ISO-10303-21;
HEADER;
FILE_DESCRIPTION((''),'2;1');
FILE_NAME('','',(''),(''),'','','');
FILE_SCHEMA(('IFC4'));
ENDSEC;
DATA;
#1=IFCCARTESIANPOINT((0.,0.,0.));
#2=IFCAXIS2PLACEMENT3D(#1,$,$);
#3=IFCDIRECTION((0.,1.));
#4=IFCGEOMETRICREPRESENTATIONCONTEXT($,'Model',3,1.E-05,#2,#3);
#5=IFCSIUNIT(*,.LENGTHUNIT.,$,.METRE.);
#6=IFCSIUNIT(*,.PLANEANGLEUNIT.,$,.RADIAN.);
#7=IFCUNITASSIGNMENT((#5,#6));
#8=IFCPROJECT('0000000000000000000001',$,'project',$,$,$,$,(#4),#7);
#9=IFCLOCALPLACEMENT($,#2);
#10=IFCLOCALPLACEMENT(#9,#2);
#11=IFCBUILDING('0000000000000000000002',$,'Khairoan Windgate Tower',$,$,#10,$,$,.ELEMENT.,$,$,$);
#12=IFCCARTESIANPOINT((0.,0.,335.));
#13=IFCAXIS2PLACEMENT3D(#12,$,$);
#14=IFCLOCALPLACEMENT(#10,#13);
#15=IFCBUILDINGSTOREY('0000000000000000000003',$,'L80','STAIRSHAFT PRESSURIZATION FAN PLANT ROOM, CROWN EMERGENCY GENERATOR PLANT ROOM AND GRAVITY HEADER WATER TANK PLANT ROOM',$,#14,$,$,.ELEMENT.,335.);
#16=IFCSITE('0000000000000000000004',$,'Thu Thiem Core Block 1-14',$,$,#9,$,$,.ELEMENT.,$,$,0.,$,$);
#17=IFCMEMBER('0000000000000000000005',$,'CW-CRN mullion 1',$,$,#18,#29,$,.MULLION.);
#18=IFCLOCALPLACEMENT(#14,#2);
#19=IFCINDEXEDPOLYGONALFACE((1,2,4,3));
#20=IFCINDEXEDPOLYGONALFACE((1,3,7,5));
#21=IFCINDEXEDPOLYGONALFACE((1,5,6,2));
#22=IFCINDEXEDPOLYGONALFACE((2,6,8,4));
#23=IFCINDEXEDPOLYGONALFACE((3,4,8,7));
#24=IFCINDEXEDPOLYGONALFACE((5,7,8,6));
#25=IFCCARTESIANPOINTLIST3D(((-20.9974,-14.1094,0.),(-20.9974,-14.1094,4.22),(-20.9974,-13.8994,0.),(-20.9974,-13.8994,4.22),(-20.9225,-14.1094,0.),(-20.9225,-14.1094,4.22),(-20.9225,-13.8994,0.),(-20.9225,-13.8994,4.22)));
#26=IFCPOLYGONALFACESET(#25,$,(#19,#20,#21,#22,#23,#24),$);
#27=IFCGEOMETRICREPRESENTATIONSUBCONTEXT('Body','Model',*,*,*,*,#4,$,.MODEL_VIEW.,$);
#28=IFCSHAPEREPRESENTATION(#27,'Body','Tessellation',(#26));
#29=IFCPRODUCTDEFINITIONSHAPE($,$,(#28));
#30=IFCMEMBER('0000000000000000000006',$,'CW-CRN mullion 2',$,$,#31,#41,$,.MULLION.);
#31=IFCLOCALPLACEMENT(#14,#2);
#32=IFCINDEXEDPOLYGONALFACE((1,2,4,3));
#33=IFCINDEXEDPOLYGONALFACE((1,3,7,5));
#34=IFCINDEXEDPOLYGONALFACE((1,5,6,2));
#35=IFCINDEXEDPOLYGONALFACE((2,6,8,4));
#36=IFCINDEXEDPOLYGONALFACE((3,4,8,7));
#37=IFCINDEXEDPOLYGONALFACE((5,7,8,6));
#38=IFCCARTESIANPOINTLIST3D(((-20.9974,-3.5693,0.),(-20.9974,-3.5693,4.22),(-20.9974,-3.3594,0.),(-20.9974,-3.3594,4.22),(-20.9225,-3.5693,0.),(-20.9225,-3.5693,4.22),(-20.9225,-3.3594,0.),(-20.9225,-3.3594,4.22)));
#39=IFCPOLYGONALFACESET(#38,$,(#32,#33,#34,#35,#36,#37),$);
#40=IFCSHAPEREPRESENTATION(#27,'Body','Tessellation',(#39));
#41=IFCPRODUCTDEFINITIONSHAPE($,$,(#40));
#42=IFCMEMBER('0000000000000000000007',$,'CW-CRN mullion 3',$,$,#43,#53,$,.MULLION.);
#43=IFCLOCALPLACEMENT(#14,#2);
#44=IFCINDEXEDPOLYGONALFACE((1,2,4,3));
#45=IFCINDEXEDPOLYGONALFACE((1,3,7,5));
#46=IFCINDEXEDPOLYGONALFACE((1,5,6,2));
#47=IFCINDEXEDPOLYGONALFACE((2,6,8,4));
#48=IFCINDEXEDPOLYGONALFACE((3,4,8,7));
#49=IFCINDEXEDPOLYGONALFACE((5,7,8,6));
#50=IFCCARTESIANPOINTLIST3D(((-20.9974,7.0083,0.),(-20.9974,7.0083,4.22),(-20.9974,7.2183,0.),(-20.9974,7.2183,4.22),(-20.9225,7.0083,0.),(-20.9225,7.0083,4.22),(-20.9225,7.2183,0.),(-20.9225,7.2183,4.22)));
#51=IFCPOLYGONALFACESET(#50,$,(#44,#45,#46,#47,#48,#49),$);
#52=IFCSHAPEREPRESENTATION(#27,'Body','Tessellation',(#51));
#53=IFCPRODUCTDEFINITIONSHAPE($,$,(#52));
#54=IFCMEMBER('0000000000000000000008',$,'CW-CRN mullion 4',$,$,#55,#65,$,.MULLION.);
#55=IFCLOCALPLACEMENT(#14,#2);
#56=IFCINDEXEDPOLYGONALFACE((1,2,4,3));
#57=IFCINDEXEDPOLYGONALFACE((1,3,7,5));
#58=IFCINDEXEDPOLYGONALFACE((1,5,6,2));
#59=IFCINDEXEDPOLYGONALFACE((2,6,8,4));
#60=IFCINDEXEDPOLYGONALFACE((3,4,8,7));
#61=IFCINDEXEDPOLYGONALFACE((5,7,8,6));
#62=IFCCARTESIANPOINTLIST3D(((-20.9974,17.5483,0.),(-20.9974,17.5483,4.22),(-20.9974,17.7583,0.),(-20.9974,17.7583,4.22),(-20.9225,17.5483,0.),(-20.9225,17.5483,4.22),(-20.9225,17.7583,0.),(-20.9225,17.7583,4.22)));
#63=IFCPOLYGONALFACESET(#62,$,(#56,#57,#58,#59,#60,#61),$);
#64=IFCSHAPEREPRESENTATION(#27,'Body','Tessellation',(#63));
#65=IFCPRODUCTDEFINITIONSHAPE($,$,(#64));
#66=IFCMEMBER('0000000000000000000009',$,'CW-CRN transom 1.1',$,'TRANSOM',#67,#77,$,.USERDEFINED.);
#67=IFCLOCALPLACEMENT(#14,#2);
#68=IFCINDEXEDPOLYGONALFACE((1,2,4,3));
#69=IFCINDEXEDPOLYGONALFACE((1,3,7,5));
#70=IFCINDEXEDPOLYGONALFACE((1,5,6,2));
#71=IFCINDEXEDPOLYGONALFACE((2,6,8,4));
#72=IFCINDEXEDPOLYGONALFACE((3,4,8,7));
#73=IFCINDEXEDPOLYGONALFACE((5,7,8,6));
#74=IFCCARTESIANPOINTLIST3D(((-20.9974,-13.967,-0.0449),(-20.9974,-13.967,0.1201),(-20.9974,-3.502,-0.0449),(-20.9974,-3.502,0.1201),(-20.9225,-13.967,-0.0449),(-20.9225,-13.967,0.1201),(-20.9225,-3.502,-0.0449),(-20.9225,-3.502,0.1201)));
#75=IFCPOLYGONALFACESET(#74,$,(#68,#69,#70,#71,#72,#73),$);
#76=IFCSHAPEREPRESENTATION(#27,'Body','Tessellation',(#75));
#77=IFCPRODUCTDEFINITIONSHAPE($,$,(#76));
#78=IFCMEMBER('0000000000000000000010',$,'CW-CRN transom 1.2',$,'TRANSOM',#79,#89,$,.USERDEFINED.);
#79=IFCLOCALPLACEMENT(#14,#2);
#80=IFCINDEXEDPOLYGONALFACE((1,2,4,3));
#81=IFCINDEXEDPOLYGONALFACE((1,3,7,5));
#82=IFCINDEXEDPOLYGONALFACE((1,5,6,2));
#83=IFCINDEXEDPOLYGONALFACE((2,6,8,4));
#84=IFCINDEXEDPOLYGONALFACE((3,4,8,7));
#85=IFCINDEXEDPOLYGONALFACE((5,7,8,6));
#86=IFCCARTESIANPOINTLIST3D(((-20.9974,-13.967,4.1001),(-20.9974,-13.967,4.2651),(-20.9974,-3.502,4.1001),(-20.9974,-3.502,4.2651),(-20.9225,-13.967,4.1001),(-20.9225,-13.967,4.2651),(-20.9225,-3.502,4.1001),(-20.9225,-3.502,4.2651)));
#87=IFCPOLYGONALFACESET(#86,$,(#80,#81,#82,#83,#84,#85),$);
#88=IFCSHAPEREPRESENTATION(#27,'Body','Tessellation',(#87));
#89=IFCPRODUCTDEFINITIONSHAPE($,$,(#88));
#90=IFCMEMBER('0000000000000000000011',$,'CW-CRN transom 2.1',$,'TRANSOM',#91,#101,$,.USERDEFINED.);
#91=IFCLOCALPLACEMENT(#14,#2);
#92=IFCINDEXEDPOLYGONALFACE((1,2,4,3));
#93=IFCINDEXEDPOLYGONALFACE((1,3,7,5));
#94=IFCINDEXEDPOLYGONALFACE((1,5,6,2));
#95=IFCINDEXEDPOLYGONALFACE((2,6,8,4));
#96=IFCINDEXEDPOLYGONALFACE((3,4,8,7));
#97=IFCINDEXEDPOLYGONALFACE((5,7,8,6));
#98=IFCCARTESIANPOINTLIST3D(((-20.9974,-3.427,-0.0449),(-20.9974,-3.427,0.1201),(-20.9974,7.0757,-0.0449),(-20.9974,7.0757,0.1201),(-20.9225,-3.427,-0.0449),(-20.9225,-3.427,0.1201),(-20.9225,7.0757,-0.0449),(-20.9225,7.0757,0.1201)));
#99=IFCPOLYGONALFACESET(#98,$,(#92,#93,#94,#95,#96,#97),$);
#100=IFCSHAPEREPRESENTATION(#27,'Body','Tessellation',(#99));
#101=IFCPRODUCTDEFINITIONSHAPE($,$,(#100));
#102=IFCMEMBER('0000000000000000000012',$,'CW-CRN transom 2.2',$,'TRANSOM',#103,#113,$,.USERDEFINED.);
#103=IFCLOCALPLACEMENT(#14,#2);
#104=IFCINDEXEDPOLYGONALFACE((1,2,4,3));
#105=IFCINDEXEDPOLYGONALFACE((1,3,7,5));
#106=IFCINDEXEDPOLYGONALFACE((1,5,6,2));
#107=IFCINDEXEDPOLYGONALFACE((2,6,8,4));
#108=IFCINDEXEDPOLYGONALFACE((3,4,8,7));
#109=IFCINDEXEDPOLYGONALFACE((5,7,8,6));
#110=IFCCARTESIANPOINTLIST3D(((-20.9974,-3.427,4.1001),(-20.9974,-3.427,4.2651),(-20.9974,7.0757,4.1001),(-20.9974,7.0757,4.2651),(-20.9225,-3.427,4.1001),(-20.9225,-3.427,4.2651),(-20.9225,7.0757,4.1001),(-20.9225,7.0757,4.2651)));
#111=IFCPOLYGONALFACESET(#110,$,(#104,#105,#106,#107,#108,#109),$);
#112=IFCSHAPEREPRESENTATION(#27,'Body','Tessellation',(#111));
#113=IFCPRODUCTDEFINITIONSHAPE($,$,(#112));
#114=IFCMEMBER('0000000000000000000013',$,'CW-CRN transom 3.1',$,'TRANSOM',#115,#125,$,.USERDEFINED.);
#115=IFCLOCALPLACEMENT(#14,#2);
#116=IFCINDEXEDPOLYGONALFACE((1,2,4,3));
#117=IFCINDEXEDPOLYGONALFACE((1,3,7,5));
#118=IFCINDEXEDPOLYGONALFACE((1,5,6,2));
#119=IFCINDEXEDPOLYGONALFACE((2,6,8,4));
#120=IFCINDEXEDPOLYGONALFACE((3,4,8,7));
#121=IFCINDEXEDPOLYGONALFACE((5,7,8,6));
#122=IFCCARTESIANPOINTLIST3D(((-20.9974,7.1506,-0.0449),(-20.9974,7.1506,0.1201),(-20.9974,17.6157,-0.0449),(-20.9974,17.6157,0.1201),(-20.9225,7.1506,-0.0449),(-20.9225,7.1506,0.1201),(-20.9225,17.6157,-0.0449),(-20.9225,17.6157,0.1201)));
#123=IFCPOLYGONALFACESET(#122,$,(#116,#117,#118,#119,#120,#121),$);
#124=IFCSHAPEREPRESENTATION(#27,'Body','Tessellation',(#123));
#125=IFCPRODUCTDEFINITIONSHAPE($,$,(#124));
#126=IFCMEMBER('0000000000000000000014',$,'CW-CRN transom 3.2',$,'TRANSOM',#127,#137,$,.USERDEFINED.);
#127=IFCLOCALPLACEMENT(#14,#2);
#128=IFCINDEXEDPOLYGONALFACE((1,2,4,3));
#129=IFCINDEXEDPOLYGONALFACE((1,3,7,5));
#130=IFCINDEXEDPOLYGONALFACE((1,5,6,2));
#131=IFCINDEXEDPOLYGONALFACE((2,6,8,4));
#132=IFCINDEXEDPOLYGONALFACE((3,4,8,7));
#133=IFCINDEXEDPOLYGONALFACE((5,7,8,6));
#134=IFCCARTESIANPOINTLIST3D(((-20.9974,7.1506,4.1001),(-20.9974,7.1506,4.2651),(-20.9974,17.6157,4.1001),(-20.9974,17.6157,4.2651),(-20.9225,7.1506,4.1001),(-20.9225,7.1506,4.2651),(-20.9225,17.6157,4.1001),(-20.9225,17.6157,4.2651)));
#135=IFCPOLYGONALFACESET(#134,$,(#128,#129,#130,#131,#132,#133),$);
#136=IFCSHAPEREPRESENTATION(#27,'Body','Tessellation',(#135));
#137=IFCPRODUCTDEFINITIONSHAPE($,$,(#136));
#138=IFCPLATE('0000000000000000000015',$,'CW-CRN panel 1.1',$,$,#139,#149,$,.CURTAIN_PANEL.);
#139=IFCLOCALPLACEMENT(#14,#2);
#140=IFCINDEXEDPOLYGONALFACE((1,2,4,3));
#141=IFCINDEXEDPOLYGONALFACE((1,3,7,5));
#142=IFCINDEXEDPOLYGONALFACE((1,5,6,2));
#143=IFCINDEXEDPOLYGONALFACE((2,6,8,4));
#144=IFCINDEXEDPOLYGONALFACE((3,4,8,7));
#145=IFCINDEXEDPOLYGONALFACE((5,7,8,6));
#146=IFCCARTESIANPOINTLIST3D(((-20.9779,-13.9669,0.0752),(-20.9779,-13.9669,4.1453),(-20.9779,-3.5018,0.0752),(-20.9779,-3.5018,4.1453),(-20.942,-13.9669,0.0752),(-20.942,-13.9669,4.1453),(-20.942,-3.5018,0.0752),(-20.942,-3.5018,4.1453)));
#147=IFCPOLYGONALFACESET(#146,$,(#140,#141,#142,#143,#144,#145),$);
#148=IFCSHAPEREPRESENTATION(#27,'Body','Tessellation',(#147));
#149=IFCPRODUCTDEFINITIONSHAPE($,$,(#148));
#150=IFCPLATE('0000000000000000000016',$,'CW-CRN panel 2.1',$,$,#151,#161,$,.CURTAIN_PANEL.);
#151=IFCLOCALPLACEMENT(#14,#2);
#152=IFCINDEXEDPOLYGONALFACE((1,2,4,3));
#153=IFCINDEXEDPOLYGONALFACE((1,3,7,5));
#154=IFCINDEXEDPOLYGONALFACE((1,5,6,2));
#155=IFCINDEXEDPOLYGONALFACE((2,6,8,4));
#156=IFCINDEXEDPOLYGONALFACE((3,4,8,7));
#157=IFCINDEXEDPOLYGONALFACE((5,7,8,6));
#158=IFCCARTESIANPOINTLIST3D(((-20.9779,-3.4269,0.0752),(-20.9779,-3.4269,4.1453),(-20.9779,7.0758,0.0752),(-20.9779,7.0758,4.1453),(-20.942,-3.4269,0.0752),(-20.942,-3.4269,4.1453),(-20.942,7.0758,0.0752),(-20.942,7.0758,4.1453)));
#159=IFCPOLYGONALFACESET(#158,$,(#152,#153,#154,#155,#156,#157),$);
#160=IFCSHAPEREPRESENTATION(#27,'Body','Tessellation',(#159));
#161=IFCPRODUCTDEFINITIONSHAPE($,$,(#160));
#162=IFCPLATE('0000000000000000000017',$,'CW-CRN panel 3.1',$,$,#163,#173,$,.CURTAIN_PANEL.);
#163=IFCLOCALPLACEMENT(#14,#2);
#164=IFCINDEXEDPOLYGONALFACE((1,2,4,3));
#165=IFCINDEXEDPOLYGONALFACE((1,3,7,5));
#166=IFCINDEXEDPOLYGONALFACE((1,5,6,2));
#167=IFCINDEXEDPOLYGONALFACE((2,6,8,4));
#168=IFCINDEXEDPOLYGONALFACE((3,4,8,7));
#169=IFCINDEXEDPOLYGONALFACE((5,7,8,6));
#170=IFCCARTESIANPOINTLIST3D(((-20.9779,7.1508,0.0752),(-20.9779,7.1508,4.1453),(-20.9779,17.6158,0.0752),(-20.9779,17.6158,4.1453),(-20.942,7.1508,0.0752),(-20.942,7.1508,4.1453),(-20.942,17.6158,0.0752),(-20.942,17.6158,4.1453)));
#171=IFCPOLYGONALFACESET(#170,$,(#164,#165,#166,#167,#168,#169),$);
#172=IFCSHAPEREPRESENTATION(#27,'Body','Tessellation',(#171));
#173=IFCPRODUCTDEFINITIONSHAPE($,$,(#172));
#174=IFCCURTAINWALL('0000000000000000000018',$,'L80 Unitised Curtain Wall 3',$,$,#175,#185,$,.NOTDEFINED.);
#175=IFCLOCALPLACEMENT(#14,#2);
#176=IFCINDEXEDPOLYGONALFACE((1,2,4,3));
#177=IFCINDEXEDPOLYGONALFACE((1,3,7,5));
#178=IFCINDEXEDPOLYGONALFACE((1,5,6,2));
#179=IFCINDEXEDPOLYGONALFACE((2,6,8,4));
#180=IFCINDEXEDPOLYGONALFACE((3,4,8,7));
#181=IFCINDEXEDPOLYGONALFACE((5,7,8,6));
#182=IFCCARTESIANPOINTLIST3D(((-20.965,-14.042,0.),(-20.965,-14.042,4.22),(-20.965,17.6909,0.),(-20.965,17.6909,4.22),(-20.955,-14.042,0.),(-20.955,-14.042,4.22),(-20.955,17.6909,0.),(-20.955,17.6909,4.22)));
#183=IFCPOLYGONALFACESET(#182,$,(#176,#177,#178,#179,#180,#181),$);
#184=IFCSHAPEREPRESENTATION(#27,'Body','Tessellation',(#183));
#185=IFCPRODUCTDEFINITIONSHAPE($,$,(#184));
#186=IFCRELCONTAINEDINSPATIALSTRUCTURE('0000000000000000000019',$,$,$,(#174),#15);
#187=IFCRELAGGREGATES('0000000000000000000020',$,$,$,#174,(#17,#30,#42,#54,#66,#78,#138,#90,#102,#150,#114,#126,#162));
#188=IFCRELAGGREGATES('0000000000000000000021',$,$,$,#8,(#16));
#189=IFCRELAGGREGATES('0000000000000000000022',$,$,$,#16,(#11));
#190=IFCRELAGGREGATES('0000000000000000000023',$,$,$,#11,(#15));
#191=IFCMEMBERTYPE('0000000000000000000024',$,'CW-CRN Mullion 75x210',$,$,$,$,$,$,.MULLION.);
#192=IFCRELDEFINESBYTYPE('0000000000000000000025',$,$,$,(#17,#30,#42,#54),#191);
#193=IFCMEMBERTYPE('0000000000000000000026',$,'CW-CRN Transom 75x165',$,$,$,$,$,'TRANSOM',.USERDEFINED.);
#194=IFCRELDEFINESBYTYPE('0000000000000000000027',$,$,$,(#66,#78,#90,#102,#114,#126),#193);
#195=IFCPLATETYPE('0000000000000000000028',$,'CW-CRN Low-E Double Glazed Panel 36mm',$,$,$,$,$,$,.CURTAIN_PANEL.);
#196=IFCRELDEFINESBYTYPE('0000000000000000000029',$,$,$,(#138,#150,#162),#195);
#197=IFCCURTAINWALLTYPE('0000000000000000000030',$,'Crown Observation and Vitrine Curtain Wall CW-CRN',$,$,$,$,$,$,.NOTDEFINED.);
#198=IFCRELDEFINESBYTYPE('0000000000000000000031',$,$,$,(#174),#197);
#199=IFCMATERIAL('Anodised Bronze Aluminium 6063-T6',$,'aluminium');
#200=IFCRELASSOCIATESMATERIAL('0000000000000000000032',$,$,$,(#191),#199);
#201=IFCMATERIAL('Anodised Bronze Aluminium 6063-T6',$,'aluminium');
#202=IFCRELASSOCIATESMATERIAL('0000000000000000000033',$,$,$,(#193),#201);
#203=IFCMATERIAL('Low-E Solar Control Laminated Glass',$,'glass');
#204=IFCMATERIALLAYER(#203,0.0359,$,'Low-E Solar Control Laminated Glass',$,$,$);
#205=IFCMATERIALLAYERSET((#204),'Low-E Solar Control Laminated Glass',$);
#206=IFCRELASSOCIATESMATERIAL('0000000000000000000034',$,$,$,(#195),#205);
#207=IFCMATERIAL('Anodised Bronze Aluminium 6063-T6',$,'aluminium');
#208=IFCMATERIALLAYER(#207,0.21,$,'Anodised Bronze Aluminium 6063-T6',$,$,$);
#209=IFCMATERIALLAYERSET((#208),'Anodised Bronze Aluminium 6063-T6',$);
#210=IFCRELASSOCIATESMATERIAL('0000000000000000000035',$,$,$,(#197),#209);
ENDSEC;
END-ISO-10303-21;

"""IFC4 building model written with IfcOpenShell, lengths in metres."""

from ifc_helpers import new_model, si_unit, direction, frame, frame_2d, origin, origin_2d, place, context, subcontext, project, spatial, rectangle, extrude, material, layer, layer_set, material_profile, profile_set, type_object, element, aggregate, save


model = new_model("IFC4")

# Units and contexts
model_context = context("Model", 3, precision=1e-05, world=origin(), true_north=direction((0.0, 1.0)))
body_context = subcontext(model_context, "Body", "Model", "MODEL_VIEW")
ifc_project = project(units=[si_unit("LENGTHUNIT", "METRE"), si_unit("PLANEANGLEUNIT", "RADIAN")], contexts=[model_context])

# Site, building, storey
site_placement = place(None, origin())
site = spatial("IfcSite", under=ifc_project, at=site_placement, Name="Thu Thiem Core Block 1-14", CompositionType="ELEMENT", RefElevation=0.0)
building_placement = place(site_placement, origin())
building = spatial("IfcBuilding", under=site, at=building_placement, Name="Khairoan Windgate Tower", CompositionType="ELEMENT")
storey_placement = place(building_placement, frame((0.0, 0.0, 335.0)))
storey = spatial("IfcBuildingStorey", under=building, at=storey_placement, Name="L80", Description="STAIRSHAFT PRESSURIZATION FAN PLANT ROOM, CROWN EMERGENCY GENERATOR PLANT ROOM AND GRAVITY HEADER WATER TANK PLANT ROOM", CompositionType="ELEMENT", Elevation=335.0)

# Members
ifc_material_1 = material(Name="Anodised Bronze Aluminium 6063-T6", Category="aluminium")
ifc_material_profile_1 = material_profile(ifc_material_1, rectangle(XDim=0.075, YDim=0.21, at=origin_2d()))
ifc_profile_set_1 = profile_set([ifc_material_profile_1], Name="Anodised Bronze Aluminium 6063-T6")
member_type_1 = type_object("IfcMemberType", Name="CW-CRN Mullion 75x210", PredefinedType="MULLION", material=ifc_profile_set_1)
member_1_placement = place(storey_placement, frame((-20.96, -14.0044, 0.0), z_axis=(0.0, 0.0, 1.0), x_axis=(-1.0, 0.0, 0.0)))
member_1 = element("IfcMember", 1, at=member_1_placement, type_object=member_type_1, Name="CW-CRN mullion 1", PredefinedType="MULLION", context=body_context, shape_type="SweptSolid", body=[
    extrude(rectangle(XDim=0.075, YDim=0.21, at=origin_2d()), origin(), (0.0, 0.0, 1.0), 4.22),
])
member_2_placement = place(storey_placement, frame((-20.96, -3.4644, 0.0), z_axis=(0.0, 0.0, 1.0), x_axis=(-1.0, 0.0, 0.0)))
member_2 = element("IfcMember", 2, at=member_2_placement, type_object=member_type_1, Name="CW-CRN mullion 2", PredefinedType="MULLION", context=body_context, shape_type="SweptSolid", body=[
    extrude(rectangle(XDim=0.075, YDim=0.21, at=origin_2d()), origin(), (0.0, 0.0, 1.0), 4.22),
])
member_3_placement = place(storey_placement, frame((-20.96, 7.1133, 0.0), z_axis=(0.0, 0.0, 1.0), x_axis=(-1.0, 0.0, 0.0)))
member_3 = element("IfcMember", 3, at=member_3_placement, type_object=member_type_1, Name="CW-CRN mullion 3", PredefinedType="MULLION", context=body_context, shape_type="SweptSolid", body=[
    extrude(rectangle(XDim=0.075, YDim=0.21, at=origin_2d()), origin(), (0.0, 0.0, 1.0), 4.22),
])
member_4_placement = place(storey_placement, frame((-20.96, 17.6533, 0.0), z_axis=(0.0, 0.0, 1.0), x_axis=(-1.0, 0.0, 0.0)))
member_4 = element("IfcMember", 4, at=member_4_placement, type_object=member_type_1, Name="CW-CRN mullion 4", PredefinedType="MULLION", context=body_context, shape_type="SweptSolid", body=[
    extrude(rectangle(XDim=0.075, YDim=0.21, at=origin_2d()), origin(), (0.0, 0.0, 1.0), 4.22),
])
ifc_material_2 = material(Name="Anodised Bronze Aluminium 6063-T6", Category="aluminium")
ifc_material_profile_2 = material_profile(ifc_material_2, rectangle(XDim=0.075, YDim=0.165, at=origin_2d()))
ifc_profile_set_2 = profile_set([ifc_material_profile_2], Name="Anodised Bronze Aluminium 6063-T6")
member_type_2 = type_object("IfcMemberType", Name="CW-CRN Transom 75x165", ElementType="TRANSOM", PredefinedType="USERDEFINED", material=ifc_profile_set_2)
member_5_placement = place(storey_placement, frame((-20.96, -13.967, 0.0376), z_axis=(0.0, 1.0, 0.0), x_axis=(-1.0, 0.0, 0.0)))
member_5 = element("IfcMember", 5, at=member_5_placement, type_object=member_type_2, Name="CW-CRN transom 1.1", ObjectType="TRANSOM", PredefinedType="USERDEFINED", context=body_context, shape_type="SweptSolid", body=[
    extrude(rectangle(XDim=0.075, YDim=0.165, at=origin_2d()), origin(), (0.0, 0.0, 1.0), 10.4651),
])
member_6_placement = place(storey_placement, frame((-20.96, -13.967, 4.1826), z_axis=(0.0, 1.0, 0.0), x_axis=(-1.0, 0.0, 0.0)))
member_6 = element("IfcMember", 6, at=member_6_placement, type_object=member_type_2, Name="CW-CRN transom 1.2", ObjectType="TRANSOM", PredefinedType="USERDEFINED", context=body_context, shape_type="SweptSolid", body=[
    extrude(rectangle(XDim=0.075, YDim=0.165, at=origin_2d()), origin(), (0.0, 0.0, 1.0), 10.4651),
])
member_7_placement = place(storey_placement, frame((-20.96, -3.427, 0.0376), z_axis=(0.0, 1.0, 0.0), x_axis=(-1.0, 0.0, 0.0)))
member_7 = element("IfcMember", 7, at=member_7_placement, type_object=member_type_2, Name="CW-CRN transom 2.1", ObjectType="TRANSOM", PredefinedType="USERDEFINED", context=body_context, shape_type="SweptSolid", body=[
    extrude(rectangle(XDim=0.075, YDim=0.165, at=origin_2d()), origin(), (0.0, 0.0, 1.0), 10.5027),
])
member_8_placement = place(storey_placement, frame((-20.96, -3.427, 4.1826), z_axis=(0.0, 1.0, 0.0), x_axis=(-1.0, 0.0, 0.0)))
member_8 = element("IfcMember", 8, at=member_8_placement, type_object=member_type_2, Name="CW-CRN transom 2.2", ObjectType="TRANSOM", PredefinedType="USERDEFINED", context=body_context, shape_type="SweptSolid", body=[
    extrude(rectangle(XDim=0.075, YDim=0.165, at=origin_2d()), origin(), (0.0, 0.0, 1.0), 10.5027),
])
member_9_placement = place(storey_placement, frame((-20.96, 7.1506, 0.0376), z_axis=(0.0, 1.0, 0.0), x_axis=(-1.0, 0.0, 0.0)))
member_9 = element("IfcMember", 9, at=member_9_placement, type_object=member_type_2, Name="CW-CRN transom 3.1", ObjectType="TRANSOM", PredefinedType="USERDEFINED", context=body_context, shape_type="SweptSolid", body=[
    extrude(rectangle(XDim=0.075, YDim=0.165, at=origin_2d()), origin(), (0.0, 0.0, 1.0), 10.4651),
])
member_10_placement = place(storey_placement, frame((-20.96, 7.1506, 4.1826), z_axis=(0.0, 1.0, 0.0), x_axis=(-1.0, 0.0, 0.0)))
member_10 = element("IfcMember", 10, at=member_10_placement, type_object=member_type_2, Name="CW-CRN transom 3.2", ObjectType="TRANSOM", PredefinedType="USERDEFINED", context=body_context, shape_type="SweptSolid", body=[
    extrude(rectangle(XDim=0.075, YDim=0.165, at=origin_2d()), origin(), (0.0, 0.0, 1.0), 10.4651),
])

# Plates
ifc_material_3 = material(Name="Low-E Solar Control Laminated Glass", Category="glass")
ifc_layer_1 = layer(ifc_material_3, 0.0359, Name="Low-E Solar Control Laminated Glass")
ifc_layer_set_1 = layer_set([ifc_layer_1], Name="Low-E Solar Control Laminated Glass")
plate_type_1 = type_object("IfcPlateType", Name="CW-CRN Low-E Double Glazed Panel 36mm", PredefinedType="CURTAIN_PANEL", material=ifc_layer_set_1)
plate_1_placement = place(storey_placement, frame((-20.96, -8.7344, 0.0752), z_axis=(0.0, 0.0, 1.0), x_axis=(0.0, 1.0, 0.0)))
plate_1 = element("IfcPlate", 11, at=plate_1_placement, type_object=plate_type_1, Name="CW-CRN panel 1.1", PredefinedType="CURTAIN_PANEL", context=body_context, shape_type="SweptSolid", body=[
    extrude(rectangle(XDim=10.4651, YDim=0.0359, at=origin_2d()), origin(), (0.0, 0.0, 1.0), 4.0701),
])
plate_2_placement = place(storey_placement, frame((-20.96, 1.8245, 0.0752), z_axis=(0.0, 0.0, 1.0), x_axis=(0.0, 1.0, 0.0)))
plate_2 = element("IfcPlate", 12, at=plate_2_placement, type_object=plate_type_1, Name="CW-CRN panel 2.1", PredefinedType="CURTAIN_PANEL", context=body_context, shape_type="SweptSolid", body=[
    extrude(rectangle(XDim=10.5027, YDim=0.0359, at=origin_2d()), origin(), (0.0, 0.0, 1.0), 4.0701),
])
plate_3_placement = place(storey_placement, frame((-20.96, 12.3833, 0.0752), z_axis=(0.0, 0.0, 1.0), x_axis=(0.0, 1.0, 0.0)))
plate_3 = element("IfcPlate", 13, at=plate_3_placement, type_object=plate_type_1, Name="CW-CRN panel 3.1", PredefinedType="CURTAIN_PANEL", context=body_context, shape_type="SweptSolid", body=[
    extrude(rectangle(XDim=10.4651, YDim=0.0359, at=origin_2d()), origin(), (0.0, 0.0, 1.0), 4.0701),
])

# Curtain wall
ifc_material_4 = material(Name="Anodised Bronze Aluminium 6063-T6", Category="aluminium")
ifc_layer_2 = layer(ifc_material_4, 0.21, Name="Anodised Bronze Aluminium 6063-T6")
ifc_layer_set_2 = layer_set([ifc_layer_2], Name="Anodised Bronze Aluminium 6063-T6")
curtain_wall_type_1 = type_object("IfcCurtainWallType", Name="Crown Observation and Vitrine Curtain Wall CW-CRN", PredefinedType="NOTDEFINED", material=ifc_layer_set_2)
curtain_wall_1_placement = place(storey_placement, frame((-20.96, -14.042, 0.0), z_axis=(0.0, 0.0, 1.0), x_axis=(0.0, 1.0, 0.0)))
curtain_wall_1 = element("IfcCurtainWall", 14, at=curtain_wall_1_placement, inside=storey, type_object=curtain_wall_type_1, Name="L80 Unitised Curtain Wall 3", PredefinedType="NOTDEFINED", context=body_context, shape_type="SweptSolid", body=[
    extrude(rectangle(XDim=31.7329, YDim=0.01, at=frame_2d((15.8665, 0.0))), origin(), (0.0, 0.0, 1.0), 4.22),
])
aggregate(curtain_wall_1, [member_1, member_2, member_3, member_4, member_5, member_6, plate_1, member_7, member_8, plate_2, member_9, member_10, plate_3])

save(model, "model.ifc")
